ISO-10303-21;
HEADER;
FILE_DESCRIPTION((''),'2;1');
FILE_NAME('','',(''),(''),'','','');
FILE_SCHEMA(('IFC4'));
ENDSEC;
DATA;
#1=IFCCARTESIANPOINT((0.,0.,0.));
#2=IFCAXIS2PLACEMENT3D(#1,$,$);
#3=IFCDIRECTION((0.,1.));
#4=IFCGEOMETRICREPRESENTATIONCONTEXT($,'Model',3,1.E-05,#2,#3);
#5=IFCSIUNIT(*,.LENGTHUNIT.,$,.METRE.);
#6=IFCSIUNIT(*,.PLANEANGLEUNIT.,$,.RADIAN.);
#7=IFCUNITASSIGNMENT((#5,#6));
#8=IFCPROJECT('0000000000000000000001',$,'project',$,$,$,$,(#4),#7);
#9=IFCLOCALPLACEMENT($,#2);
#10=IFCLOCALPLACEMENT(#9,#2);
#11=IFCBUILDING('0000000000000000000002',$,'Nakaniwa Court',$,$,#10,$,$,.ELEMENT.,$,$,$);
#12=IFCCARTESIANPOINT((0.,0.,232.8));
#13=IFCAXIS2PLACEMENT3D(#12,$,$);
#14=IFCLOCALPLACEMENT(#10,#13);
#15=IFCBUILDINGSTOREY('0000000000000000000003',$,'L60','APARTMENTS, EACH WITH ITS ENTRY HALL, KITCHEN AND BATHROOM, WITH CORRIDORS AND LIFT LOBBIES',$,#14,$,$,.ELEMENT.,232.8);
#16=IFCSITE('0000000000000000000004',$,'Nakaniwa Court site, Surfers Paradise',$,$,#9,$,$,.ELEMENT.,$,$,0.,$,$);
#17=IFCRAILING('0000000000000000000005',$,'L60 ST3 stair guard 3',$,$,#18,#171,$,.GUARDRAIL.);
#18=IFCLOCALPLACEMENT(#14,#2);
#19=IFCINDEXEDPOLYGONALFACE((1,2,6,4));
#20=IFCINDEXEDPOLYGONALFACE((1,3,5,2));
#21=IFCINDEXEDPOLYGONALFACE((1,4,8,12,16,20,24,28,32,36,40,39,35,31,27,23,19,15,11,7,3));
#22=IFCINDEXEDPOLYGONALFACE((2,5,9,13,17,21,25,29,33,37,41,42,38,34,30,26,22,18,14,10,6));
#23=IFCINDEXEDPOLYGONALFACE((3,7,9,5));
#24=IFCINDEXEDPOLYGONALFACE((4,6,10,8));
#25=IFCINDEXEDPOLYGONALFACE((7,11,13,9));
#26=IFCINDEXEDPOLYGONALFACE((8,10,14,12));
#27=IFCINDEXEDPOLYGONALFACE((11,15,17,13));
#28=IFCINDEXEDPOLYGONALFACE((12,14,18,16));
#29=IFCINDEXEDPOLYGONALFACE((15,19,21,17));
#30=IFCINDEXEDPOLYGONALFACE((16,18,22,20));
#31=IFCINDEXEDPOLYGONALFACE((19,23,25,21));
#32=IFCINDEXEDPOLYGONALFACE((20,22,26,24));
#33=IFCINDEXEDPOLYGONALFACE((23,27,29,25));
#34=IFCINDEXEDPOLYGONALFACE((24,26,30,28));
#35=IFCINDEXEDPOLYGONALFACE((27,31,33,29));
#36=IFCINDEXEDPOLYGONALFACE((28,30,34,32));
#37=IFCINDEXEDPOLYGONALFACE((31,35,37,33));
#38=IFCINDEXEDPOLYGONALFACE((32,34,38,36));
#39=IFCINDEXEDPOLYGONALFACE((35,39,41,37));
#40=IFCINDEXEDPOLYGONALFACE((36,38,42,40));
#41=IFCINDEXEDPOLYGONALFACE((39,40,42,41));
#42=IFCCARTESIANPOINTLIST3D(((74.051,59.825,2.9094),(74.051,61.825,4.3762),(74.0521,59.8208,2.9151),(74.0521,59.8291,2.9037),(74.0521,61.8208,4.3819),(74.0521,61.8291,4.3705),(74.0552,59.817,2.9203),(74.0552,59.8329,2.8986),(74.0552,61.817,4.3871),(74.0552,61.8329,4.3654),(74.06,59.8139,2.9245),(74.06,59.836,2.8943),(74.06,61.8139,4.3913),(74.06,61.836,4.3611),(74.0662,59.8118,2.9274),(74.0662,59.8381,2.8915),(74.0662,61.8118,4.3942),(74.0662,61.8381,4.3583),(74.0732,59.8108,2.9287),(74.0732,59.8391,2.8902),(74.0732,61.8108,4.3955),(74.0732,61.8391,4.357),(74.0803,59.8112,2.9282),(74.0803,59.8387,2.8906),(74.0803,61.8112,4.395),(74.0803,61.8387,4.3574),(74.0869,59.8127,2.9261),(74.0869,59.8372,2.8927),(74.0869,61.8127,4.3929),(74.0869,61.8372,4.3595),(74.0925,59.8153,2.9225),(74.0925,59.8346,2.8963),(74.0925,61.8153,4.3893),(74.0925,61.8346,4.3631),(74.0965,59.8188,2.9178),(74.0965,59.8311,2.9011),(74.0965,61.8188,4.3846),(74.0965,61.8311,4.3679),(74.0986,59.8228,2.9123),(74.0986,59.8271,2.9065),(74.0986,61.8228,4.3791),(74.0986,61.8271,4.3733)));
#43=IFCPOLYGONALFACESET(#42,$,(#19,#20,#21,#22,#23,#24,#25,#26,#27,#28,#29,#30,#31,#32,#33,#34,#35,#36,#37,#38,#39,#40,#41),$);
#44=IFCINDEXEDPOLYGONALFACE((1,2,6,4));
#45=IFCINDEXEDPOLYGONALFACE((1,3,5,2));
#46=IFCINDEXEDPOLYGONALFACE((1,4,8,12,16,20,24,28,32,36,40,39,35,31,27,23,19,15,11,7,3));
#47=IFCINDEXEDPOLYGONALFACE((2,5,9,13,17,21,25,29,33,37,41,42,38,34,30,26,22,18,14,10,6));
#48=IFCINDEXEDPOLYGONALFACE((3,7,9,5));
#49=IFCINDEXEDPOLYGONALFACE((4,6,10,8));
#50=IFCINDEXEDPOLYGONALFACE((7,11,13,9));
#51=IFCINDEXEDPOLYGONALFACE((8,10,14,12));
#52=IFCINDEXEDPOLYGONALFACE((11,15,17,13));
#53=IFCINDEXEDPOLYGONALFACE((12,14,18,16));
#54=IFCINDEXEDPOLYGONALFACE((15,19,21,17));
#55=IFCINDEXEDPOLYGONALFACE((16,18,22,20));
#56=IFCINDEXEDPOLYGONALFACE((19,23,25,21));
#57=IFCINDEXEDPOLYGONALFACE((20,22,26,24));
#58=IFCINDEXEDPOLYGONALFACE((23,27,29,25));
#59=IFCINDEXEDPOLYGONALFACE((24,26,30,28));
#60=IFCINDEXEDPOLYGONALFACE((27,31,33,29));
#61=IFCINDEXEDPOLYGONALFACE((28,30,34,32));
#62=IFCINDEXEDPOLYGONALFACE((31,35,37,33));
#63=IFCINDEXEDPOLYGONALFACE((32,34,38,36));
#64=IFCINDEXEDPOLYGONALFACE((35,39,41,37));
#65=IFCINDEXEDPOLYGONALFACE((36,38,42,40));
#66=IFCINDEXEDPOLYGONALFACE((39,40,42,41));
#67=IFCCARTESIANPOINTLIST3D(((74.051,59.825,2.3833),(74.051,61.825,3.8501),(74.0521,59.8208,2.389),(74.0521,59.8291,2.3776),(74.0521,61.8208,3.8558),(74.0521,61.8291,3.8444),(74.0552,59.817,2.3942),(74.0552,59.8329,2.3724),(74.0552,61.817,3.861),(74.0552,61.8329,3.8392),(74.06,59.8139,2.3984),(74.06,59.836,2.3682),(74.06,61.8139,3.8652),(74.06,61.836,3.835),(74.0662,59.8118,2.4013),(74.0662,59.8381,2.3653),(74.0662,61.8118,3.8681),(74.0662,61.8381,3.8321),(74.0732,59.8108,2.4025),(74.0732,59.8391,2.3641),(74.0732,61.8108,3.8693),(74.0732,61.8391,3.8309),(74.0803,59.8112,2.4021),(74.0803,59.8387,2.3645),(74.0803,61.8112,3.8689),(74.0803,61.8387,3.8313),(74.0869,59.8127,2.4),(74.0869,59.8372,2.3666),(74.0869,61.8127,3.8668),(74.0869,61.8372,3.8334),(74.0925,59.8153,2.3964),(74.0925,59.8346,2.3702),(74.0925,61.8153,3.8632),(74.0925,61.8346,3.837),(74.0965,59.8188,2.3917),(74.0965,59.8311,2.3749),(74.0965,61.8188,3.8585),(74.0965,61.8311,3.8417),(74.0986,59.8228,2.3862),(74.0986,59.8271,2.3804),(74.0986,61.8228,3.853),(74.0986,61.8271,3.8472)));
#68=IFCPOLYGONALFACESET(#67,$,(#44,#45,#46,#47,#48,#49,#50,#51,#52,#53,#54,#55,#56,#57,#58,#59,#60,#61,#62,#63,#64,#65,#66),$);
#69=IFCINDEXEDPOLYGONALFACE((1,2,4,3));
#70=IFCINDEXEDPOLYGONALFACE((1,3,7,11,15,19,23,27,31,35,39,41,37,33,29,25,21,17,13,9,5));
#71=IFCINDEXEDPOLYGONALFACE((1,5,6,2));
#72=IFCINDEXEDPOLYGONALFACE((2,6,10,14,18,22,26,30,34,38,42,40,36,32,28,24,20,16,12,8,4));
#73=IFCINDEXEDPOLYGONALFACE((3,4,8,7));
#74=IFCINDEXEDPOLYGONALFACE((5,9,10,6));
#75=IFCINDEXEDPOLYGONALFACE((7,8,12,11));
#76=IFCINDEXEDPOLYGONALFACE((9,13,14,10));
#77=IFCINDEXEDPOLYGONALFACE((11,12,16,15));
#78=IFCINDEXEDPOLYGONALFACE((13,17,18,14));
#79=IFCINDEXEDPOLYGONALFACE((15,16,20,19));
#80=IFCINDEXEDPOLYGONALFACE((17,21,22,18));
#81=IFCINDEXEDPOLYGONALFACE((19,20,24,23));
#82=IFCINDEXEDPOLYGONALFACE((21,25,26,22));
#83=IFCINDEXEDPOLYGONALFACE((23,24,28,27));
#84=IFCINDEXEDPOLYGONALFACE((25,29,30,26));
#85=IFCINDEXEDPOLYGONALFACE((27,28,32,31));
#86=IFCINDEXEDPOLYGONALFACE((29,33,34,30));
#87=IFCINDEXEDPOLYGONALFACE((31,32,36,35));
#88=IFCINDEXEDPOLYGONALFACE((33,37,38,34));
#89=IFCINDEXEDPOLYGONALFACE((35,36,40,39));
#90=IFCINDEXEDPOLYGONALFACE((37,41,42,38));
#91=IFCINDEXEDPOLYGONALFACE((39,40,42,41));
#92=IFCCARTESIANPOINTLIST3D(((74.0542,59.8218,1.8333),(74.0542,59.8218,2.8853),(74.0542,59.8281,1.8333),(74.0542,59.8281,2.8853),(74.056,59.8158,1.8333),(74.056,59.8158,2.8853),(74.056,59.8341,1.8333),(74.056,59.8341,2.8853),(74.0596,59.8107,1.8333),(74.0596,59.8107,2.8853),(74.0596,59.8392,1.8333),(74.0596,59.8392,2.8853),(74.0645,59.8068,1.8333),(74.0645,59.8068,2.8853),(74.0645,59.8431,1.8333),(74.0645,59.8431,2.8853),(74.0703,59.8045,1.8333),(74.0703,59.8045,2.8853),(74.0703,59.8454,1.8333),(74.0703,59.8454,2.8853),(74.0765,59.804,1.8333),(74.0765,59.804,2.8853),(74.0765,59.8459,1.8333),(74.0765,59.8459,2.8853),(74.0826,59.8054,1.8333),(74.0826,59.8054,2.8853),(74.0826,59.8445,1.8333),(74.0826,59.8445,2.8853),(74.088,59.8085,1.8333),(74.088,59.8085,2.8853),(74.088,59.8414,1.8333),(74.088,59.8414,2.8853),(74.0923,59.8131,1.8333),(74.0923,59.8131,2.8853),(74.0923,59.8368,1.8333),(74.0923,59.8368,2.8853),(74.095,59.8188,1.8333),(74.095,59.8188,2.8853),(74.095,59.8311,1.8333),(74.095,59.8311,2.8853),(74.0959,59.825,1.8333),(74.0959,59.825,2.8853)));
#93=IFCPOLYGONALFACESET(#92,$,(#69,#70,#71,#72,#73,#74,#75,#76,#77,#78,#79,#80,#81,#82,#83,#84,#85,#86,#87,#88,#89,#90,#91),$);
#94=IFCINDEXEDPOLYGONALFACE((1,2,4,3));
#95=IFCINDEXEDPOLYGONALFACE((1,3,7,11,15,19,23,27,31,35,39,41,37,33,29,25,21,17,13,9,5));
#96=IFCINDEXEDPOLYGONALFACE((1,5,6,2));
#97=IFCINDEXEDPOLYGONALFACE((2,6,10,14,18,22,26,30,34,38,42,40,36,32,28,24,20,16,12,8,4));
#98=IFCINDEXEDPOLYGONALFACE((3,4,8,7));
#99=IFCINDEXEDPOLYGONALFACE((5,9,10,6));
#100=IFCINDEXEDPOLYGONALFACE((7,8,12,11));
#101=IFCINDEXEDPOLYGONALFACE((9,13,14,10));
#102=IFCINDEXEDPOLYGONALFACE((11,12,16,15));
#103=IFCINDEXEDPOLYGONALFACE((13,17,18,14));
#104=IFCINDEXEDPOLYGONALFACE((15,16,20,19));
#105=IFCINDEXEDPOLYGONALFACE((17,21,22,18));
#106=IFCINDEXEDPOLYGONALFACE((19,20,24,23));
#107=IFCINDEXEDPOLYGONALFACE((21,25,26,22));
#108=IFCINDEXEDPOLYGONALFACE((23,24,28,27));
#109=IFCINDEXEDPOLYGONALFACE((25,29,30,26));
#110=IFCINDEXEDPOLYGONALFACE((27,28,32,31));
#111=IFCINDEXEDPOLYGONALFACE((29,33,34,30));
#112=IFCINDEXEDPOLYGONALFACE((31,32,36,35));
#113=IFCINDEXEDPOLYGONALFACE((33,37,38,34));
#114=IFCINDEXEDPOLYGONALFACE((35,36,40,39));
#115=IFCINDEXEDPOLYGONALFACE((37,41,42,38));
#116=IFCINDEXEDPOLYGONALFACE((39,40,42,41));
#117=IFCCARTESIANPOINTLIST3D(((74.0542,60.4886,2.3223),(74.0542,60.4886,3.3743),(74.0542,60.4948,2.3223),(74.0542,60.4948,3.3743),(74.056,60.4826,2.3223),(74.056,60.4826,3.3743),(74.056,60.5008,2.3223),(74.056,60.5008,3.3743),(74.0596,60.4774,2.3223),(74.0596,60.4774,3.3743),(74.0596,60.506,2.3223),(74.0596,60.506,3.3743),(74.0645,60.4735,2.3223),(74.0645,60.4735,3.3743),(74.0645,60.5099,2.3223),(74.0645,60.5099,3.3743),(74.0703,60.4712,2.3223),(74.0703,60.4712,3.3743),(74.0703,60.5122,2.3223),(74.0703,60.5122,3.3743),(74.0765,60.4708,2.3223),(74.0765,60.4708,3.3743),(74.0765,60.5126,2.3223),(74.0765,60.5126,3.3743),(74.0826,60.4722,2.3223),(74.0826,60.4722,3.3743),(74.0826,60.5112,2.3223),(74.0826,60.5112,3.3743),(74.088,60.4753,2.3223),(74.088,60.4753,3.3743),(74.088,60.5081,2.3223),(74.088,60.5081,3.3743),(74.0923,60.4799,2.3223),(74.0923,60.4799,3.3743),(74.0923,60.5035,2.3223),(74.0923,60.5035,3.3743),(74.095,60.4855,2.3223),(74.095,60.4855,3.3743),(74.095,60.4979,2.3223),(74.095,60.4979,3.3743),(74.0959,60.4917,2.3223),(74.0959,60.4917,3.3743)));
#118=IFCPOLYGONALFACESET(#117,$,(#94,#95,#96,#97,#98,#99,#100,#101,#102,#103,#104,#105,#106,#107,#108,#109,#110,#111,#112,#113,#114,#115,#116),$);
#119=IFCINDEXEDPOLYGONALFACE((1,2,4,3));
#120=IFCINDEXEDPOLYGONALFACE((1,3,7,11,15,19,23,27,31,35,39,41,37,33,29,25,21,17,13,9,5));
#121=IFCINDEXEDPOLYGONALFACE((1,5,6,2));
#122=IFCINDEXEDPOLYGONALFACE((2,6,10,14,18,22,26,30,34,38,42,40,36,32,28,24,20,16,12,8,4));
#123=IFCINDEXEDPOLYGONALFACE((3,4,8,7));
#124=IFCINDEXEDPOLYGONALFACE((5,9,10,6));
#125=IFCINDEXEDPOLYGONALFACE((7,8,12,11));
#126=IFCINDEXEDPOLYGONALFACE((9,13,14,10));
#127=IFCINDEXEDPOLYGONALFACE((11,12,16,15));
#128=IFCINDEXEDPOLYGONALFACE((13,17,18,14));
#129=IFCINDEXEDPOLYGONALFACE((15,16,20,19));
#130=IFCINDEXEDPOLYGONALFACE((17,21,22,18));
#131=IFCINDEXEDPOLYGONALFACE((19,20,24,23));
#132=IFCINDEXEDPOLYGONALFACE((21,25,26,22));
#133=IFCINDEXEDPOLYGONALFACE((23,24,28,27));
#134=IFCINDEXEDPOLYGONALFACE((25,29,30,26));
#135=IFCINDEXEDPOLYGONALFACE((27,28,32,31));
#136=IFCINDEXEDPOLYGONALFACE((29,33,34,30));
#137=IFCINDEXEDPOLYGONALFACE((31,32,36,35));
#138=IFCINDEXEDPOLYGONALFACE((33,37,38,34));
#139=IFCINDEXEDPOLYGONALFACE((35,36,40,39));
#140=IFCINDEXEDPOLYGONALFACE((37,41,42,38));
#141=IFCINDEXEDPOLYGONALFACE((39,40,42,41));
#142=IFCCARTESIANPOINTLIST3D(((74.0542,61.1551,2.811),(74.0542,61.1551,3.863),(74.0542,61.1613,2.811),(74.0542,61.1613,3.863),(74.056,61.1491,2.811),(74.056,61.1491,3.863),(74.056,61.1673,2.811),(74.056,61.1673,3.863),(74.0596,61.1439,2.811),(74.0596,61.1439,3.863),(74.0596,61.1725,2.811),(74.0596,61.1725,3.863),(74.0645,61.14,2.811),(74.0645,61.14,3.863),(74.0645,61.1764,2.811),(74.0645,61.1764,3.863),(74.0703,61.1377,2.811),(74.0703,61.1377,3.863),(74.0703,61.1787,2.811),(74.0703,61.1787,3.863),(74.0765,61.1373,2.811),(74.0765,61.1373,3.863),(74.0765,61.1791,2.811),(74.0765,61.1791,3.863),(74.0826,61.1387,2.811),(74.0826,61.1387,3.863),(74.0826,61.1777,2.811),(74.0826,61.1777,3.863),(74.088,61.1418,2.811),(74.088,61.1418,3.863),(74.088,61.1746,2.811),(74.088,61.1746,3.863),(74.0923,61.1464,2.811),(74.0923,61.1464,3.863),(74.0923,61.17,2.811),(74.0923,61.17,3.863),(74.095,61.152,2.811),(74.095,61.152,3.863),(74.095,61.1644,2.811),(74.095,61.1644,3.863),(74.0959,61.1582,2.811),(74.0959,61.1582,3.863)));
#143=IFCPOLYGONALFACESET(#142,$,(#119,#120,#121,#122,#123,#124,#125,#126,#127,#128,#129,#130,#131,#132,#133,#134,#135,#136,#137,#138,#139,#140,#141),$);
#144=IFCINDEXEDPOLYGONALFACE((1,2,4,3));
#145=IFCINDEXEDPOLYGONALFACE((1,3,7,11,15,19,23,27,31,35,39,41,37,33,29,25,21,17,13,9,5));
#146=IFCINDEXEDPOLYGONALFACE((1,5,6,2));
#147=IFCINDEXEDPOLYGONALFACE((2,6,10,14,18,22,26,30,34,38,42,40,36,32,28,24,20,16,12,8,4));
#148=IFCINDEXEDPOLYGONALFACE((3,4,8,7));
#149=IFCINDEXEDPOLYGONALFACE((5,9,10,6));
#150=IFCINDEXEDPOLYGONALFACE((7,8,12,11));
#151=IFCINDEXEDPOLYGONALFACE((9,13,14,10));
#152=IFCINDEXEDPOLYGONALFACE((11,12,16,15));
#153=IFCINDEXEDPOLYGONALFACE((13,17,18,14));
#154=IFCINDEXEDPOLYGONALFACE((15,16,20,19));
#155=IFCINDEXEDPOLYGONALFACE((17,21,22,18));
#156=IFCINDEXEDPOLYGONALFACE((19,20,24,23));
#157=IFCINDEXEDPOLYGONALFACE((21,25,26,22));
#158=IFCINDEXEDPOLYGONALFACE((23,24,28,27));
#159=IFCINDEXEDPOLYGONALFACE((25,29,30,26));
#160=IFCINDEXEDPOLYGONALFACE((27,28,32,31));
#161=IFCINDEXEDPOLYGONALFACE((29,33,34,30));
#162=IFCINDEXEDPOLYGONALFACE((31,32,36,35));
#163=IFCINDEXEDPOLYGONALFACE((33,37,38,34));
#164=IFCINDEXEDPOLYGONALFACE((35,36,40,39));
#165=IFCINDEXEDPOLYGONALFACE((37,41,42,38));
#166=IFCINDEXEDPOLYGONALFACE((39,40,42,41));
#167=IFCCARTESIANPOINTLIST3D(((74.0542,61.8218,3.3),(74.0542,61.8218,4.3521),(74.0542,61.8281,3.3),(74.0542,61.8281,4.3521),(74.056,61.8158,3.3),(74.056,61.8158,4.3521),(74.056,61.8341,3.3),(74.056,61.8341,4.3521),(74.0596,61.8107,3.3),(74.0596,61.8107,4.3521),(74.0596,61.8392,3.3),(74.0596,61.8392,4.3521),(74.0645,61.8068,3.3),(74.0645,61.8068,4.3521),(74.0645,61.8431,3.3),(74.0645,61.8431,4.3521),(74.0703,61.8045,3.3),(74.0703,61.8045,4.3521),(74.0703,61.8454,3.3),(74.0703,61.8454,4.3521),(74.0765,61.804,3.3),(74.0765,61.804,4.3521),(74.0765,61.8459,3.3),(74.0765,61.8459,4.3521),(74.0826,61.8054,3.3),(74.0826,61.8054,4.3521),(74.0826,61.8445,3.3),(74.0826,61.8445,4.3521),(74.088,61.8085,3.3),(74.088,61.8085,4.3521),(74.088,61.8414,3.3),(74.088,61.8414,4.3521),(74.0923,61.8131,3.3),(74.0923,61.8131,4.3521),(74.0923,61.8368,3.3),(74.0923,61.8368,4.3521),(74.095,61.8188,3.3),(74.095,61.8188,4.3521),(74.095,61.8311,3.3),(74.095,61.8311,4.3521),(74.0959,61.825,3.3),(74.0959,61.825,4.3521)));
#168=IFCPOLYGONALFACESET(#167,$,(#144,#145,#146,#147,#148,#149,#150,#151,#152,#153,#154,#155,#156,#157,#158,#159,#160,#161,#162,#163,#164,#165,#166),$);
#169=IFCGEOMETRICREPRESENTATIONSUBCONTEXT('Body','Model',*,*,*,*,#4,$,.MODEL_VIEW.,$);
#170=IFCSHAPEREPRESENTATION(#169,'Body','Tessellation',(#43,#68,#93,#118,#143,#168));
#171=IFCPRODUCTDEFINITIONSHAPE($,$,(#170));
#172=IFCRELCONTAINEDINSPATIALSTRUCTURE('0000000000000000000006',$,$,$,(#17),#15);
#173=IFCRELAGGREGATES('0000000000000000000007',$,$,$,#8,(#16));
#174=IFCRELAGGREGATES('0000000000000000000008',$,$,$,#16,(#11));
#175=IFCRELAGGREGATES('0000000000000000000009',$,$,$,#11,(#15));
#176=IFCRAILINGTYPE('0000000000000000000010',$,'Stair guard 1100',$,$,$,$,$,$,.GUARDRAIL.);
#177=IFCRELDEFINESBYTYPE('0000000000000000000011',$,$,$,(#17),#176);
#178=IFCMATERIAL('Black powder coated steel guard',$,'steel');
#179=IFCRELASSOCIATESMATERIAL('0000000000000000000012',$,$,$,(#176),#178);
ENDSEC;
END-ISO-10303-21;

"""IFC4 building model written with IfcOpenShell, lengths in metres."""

from ifc_helpers import new_model, si_unit, direction, frame, origin, origin_2d, place, context, subcontext, project, spatial, circle, extrude, material, type_object, element, save


model = new_model("IFC4")

# Units and contexts
model_context = context("Model", 3, precision=1e-05, world=origin(), true_north=direction((0.0, 1.0)))
body_context = subcontext(model_context, "Body", "Model", "MODEL_VIEW")
ifc_project = project(units=[si_unit("LENGTHUNIT", "METRE"), si_unit("PLANEANGLEUNIT", "RADIAN")], contexts=[model_context])

# Site, building, storey
site_placement = place(None, origin())
site = spatial("IfcSite", under=ifc_project, at=site_placement, Name="Nakaniwa Court site, Surfers Paradise", CompositionType="ELEMENT", RefElevation=0.0)
building_placement = place(site_placement, origin())
building = spatial("IfcBuilding", under=site, at=building_placement, Name="Nakaniwa Court", CompositionType="ELEMENT")
storey_placement = place(building_placement, frame((0.0, 0.0, 232.8)))
storey = spatial("IfcBuildingStorey", under=building, at=storey_placement, Name="L60", Description="APARTMENTS, EACH WITH ITS ENTRY HALL, KITCHEN AND BATHROOM, WITH CORRIDORS AND LIFT LOBBIES", CompositionType="ELEMENT", Elevation=232.8)

# Railing
ifc_material_1 = material(Name="Black powder coated steel guard", Category="steel")
railing_type_1 = type_object("IfcRailingType", Name="Stair guard 1100", PredefinedType="GUARDRAIL", material=ifc_material_1)
railing_1_placement = place(storey_placement, frame((74.075, 59.825, 1.8333)))
element("IfcRailing", 1, at=railing_1_placement, inside=storey, type_object=railing_type_1, Name="L60 ST3 stair guard 3", PredefinedType="GUARDRAIL", context=body_context, shape_type="SweptSolid", body=[
    extrude(circle(Radius=0.0239, at=origin_2d()), frame((0.0, 0.0, 1.0762), z_axis=(0.0, 0.80638, 0.591398), x_axis=(-1.0, 0.0, 0.0)), (0.0, 0.0, 1.0), 2.4802),
    extrude(circle(Radius=0.0239, at=origin_2d()), frame((0.0, 0.0, 0.55), z_axis=(0.0, 0.80638, 0.591398), x_axis=(-1.0, 0.0, 0.0)), (0.0, 0.0, 1.0), 2.4802),
    extrude(circle(Radius=0.021, at=origin_2d()), origin(), (0.0, 0.0, 1.0), 1.052),
    extrude(circle(Radius=0.021, at=origin_2d()), frame((0.0, 0.6667, 0.489)), (0.0, 0.0, 1.0), 1.052),
    extrude(circle(Radius=0.021, at=origin_2d()), frame((0.0, 1.3333, 0.9778)), (0.0, 0.0, 1.0), 1.052),
    extrude(circle(Radius=0.021, at=origin_2d()), frame((0.0, 2.0, 1.4668)), (0.0, 0.0, 1.0), 1.052),
])

save(model, "model.ifc")
